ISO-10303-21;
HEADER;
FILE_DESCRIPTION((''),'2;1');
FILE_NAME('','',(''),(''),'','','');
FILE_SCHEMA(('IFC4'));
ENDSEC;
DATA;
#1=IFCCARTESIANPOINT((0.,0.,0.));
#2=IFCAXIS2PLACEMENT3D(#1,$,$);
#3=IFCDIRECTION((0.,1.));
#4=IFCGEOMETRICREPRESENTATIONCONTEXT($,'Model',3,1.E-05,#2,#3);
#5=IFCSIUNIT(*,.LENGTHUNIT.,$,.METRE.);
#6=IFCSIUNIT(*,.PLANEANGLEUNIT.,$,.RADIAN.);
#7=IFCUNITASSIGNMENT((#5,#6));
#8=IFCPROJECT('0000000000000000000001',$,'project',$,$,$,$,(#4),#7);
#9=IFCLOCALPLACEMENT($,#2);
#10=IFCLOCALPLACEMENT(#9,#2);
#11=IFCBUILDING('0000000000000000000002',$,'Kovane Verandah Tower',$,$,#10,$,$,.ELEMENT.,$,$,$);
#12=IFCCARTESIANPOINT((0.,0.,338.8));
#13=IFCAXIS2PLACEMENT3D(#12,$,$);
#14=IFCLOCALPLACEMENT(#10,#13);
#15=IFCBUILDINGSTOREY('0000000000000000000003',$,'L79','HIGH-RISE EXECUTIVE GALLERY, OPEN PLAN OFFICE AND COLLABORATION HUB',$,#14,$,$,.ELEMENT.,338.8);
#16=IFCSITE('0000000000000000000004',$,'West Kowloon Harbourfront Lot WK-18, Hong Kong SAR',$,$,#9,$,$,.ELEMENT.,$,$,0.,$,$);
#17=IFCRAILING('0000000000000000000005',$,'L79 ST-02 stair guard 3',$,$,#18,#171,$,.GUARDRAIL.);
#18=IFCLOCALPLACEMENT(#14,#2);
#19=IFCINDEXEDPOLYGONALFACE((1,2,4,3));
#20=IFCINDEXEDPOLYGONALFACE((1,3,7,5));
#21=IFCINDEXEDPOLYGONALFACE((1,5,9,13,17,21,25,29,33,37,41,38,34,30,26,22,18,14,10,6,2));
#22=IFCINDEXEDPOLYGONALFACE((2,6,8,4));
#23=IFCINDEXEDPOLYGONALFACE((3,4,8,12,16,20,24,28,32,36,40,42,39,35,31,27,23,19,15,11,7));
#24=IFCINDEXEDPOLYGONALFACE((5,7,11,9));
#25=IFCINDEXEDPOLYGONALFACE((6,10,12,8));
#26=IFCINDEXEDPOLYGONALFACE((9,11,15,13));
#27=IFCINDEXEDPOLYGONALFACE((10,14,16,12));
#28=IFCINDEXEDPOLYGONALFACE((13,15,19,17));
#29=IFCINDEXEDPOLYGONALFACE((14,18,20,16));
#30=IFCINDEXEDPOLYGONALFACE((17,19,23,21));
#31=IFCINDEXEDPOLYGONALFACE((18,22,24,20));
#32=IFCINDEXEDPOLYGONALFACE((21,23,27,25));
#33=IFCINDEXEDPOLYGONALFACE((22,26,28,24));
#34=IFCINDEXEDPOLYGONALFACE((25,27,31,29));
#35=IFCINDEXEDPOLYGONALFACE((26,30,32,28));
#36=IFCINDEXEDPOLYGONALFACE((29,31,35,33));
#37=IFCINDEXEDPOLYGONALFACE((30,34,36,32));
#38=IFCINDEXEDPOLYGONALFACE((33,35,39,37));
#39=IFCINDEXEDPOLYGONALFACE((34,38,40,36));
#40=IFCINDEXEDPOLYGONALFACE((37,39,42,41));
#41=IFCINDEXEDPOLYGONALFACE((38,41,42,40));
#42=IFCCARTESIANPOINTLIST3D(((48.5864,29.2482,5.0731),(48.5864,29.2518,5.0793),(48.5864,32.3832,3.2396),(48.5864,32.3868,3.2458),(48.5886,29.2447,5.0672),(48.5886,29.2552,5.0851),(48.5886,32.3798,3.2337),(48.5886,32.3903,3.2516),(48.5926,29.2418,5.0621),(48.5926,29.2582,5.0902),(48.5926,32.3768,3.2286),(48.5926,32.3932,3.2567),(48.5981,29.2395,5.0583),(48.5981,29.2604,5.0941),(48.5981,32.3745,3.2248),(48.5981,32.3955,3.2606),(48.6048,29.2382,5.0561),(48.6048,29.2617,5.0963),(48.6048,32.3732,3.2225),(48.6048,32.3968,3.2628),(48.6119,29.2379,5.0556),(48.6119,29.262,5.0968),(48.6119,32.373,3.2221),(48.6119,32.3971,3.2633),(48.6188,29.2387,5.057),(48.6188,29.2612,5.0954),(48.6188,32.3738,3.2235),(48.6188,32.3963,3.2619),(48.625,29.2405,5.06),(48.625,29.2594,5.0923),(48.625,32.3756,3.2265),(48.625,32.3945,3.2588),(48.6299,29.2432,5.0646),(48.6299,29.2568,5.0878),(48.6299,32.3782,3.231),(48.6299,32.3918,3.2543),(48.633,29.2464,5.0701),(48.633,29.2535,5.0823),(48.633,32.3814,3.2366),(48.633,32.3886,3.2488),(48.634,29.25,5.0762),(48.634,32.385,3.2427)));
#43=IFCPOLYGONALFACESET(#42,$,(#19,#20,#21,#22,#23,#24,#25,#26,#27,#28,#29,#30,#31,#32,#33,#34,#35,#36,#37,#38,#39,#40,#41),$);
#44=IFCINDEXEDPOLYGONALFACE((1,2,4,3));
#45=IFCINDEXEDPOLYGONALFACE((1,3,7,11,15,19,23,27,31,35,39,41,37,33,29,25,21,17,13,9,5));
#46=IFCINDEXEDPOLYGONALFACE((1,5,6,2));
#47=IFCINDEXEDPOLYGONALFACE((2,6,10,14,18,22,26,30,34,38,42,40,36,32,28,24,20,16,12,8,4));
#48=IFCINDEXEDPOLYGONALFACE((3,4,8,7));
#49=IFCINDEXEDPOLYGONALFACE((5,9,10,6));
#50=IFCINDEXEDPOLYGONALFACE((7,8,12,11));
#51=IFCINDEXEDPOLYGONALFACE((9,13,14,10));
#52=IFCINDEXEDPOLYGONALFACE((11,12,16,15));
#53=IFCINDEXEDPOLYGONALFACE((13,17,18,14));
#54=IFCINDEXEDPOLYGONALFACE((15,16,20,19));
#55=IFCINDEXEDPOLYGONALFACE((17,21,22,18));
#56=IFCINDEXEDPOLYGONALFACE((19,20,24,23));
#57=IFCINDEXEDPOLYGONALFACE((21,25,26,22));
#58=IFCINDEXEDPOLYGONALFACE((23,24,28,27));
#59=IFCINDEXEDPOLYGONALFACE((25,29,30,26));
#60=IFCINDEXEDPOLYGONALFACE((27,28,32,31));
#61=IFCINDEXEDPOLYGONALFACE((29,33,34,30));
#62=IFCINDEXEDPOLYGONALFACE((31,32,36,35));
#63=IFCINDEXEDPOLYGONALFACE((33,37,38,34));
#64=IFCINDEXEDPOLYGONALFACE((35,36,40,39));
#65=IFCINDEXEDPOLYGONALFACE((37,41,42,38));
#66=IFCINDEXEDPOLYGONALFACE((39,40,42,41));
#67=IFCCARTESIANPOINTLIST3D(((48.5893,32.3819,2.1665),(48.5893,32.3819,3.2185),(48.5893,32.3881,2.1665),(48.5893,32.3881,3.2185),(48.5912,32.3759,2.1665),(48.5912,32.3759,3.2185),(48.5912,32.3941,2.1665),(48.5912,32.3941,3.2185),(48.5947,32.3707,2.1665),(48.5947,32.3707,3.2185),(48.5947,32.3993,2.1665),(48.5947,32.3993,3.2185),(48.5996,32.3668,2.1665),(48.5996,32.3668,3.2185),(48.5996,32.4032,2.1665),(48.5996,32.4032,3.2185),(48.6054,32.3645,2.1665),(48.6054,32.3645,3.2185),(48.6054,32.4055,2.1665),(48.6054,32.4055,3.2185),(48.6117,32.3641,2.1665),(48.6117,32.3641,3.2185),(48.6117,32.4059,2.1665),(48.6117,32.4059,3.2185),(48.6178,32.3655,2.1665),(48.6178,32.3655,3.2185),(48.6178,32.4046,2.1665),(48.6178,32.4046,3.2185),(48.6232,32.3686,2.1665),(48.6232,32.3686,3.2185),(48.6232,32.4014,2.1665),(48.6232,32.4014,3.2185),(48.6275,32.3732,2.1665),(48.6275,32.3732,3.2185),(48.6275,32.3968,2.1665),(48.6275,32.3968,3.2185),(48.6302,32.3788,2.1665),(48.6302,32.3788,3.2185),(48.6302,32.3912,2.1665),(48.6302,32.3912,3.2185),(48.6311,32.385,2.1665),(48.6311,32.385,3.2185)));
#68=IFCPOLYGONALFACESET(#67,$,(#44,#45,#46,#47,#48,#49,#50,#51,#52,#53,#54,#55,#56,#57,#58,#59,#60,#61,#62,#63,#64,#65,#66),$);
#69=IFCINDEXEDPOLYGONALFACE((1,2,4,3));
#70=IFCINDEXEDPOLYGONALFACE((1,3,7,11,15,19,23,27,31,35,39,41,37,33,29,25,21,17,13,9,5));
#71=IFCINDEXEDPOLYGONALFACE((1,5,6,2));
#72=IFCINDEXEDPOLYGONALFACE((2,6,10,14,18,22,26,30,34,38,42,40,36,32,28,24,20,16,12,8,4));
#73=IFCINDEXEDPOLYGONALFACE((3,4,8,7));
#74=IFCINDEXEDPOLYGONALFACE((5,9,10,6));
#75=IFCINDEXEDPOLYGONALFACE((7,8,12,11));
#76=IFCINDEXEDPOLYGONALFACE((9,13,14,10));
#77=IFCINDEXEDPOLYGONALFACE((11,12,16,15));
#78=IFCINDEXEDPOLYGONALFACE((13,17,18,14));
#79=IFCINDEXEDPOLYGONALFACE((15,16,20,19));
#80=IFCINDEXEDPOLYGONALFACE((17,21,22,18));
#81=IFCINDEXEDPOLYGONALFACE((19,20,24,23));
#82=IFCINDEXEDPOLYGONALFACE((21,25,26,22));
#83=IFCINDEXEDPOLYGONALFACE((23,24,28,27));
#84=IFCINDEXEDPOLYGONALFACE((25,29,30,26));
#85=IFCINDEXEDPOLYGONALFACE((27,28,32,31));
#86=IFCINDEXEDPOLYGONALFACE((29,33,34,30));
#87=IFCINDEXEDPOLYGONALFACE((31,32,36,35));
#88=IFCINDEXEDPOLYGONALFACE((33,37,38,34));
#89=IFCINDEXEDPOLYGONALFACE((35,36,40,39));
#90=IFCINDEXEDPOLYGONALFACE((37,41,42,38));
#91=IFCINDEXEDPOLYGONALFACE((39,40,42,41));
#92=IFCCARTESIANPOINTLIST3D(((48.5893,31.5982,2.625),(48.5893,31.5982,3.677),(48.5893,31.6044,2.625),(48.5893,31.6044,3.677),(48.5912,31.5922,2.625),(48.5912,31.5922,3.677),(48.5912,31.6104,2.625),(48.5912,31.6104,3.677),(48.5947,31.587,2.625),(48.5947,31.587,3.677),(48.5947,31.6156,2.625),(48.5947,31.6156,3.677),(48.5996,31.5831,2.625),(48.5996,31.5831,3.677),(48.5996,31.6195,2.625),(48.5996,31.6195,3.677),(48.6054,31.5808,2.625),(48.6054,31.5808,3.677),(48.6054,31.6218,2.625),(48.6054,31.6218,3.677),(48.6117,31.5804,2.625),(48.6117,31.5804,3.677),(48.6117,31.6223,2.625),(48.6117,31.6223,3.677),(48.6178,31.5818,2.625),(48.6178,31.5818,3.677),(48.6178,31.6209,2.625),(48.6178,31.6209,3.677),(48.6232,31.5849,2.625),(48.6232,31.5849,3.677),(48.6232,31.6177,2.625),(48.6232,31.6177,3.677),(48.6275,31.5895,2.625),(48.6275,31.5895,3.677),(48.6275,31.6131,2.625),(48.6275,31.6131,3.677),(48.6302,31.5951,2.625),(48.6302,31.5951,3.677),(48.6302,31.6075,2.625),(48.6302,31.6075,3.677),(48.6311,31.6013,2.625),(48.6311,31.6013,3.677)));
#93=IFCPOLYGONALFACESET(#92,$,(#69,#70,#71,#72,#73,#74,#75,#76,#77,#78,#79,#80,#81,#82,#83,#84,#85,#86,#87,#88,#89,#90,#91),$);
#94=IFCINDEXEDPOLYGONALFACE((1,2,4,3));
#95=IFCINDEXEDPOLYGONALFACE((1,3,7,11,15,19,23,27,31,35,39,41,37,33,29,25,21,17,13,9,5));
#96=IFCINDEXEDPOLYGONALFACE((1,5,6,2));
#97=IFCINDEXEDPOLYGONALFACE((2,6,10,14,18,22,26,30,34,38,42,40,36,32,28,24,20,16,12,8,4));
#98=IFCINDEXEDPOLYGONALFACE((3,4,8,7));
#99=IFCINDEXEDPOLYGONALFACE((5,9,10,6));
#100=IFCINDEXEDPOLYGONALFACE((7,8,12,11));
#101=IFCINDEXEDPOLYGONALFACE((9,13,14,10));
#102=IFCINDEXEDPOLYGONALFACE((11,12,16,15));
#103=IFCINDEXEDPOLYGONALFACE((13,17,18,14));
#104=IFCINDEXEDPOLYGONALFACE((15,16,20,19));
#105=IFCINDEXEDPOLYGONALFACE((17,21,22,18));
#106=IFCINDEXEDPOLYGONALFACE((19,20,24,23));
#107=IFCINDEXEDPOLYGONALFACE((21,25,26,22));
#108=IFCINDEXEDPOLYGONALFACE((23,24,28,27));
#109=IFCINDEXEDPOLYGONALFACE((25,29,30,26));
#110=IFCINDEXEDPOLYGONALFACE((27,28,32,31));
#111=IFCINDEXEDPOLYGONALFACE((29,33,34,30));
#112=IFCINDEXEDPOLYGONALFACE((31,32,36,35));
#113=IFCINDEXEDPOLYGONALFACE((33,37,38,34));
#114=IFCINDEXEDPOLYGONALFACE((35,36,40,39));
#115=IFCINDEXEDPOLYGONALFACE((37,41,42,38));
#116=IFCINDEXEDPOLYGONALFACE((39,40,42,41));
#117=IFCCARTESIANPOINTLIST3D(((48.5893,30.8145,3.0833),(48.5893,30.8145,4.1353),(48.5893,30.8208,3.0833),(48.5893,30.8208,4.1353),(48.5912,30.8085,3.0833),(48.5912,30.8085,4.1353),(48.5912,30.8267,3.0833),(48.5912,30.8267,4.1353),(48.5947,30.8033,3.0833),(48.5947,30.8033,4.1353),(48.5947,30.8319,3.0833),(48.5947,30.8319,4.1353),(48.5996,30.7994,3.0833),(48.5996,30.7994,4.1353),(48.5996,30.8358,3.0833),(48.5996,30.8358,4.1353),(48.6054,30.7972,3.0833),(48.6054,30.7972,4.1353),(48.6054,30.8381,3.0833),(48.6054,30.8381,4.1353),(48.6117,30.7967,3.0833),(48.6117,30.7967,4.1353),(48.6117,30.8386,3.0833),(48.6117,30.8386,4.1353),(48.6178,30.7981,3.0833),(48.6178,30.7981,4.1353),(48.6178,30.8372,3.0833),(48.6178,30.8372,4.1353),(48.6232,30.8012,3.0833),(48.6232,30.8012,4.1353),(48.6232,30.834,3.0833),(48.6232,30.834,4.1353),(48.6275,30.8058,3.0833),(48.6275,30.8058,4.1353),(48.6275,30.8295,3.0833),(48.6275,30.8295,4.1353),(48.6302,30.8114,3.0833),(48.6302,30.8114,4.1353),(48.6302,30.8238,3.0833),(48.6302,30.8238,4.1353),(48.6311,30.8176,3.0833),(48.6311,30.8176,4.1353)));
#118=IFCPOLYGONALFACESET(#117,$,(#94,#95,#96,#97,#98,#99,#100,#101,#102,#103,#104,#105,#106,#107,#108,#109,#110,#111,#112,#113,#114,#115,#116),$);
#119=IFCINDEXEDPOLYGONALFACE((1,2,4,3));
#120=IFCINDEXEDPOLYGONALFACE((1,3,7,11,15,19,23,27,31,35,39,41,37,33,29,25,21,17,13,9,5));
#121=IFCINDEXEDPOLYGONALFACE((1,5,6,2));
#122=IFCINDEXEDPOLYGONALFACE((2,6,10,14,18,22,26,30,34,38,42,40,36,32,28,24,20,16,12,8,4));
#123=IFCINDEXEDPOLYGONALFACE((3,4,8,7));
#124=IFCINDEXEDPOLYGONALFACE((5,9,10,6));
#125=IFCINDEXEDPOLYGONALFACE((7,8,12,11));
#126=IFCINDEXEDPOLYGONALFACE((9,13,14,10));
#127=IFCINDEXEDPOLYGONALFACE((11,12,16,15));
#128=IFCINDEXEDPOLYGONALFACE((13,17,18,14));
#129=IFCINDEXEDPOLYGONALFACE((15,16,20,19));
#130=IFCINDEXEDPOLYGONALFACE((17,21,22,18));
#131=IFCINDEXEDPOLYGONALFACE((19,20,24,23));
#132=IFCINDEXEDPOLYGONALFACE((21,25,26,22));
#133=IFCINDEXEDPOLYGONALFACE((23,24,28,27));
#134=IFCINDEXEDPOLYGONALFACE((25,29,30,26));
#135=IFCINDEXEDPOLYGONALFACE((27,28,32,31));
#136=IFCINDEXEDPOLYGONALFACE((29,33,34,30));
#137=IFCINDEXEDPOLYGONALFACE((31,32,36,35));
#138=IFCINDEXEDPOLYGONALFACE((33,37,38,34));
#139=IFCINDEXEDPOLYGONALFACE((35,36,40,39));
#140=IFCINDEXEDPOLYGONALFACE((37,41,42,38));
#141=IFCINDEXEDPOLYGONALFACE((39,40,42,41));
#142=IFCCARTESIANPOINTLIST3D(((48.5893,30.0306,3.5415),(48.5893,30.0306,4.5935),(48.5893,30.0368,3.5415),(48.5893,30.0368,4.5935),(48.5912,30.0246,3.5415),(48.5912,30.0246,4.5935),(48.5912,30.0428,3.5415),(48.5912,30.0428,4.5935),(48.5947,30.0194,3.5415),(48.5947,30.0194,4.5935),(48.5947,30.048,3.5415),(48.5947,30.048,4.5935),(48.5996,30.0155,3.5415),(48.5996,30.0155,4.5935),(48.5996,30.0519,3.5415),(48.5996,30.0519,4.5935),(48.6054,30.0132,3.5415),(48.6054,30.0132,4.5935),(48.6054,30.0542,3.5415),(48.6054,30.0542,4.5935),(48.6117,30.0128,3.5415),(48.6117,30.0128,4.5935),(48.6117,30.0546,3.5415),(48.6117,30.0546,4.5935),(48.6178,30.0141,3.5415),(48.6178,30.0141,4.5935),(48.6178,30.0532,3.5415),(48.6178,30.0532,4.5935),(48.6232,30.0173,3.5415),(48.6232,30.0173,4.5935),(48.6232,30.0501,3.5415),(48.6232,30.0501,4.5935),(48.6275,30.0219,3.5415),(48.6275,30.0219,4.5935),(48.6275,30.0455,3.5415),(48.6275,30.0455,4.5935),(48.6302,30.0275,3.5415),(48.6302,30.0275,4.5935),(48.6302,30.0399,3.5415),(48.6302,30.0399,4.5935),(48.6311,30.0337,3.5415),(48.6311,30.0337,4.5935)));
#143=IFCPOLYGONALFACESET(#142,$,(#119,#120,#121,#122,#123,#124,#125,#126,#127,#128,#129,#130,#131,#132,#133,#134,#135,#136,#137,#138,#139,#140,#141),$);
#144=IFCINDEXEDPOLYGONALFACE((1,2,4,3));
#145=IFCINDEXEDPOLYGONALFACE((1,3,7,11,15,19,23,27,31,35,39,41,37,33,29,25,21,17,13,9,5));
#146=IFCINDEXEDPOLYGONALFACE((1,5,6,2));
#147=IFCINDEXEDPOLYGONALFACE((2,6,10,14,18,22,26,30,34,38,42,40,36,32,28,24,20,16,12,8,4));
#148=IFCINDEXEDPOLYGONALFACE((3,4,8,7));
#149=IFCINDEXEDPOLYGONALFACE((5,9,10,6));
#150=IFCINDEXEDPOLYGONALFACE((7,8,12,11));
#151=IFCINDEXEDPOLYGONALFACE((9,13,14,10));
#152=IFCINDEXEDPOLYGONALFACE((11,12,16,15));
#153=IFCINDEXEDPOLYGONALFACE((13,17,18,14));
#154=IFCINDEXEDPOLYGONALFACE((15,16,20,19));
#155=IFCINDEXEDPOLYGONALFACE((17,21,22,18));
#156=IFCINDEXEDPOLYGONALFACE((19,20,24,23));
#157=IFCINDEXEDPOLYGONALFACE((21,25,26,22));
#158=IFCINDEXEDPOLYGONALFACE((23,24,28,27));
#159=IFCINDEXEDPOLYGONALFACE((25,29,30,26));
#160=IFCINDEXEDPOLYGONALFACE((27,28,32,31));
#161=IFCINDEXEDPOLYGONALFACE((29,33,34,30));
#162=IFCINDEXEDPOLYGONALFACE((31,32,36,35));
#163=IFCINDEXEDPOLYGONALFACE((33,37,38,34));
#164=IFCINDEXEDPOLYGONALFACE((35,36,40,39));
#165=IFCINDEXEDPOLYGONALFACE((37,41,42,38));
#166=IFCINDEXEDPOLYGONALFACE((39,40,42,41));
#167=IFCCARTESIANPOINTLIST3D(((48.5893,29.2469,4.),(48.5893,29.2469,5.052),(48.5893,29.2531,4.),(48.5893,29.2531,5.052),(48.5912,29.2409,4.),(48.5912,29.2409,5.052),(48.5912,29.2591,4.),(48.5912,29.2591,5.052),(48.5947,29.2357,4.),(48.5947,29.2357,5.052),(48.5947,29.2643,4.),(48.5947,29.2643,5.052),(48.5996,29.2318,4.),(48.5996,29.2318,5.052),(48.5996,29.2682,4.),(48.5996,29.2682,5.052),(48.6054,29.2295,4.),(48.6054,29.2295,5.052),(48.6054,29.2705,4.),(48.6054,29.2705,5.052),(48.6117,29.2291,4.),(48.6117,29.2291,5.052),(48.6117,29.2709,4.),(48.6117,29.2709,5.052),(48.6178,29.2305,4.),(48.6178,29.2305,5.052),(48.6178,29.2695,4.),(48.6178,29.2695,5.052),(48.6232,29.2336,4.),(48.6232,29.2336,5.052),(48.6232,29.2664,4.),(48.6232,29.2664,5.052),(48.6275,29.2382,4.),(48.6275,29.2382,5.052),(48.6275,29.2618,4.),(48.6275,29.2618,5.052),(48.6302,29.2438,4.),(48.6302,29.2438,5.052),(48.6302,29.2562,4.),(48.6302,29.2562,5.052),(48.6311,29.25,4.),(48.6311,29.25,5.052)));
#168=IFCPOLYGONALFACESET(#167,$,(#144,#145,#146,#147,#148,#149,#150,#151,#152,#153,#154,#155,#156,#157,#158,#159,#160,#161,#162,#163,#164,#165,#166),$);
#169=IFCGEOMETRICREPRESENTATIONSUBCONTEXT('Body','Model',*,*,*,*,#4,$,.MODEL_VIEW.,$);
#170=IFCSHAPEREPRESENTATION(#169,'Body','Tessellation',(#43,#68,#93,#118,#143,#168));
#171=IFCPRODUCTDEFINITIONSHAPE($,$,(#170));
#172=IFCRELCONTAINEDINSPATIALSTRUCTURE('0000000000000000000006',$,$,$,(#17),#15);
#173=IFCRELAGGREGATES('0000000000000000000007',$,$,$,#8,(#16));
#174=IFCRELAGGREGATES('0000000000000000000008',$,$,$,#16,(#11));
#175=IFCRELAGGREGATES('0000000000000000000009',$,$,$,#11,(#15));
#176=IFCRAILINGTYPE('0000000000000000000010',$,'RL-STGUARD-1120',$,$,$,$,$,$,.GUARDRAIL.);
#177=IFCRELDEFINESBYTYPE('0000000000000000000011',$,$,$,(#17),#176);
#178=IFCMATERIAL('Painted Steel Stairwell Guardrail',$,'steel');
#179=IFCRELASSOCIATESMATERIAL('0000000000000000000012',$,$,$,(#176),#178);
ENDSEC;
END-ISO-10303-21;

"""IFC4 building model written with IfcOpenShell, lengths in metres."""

from ifc_helpers import new_model, si_unit, direction, frame, origin, origin_2d, place, context, subcontext, project, spatial, circle, extrude, material, type_object, element, save


model = new_model("IFC4")

# Units and contexts
model_context = context("Model", 3, precision=1e-05, world=origin(), true_north=direction((0.0, 1.0)))
body_context = subcontext(model_context, "Body", "Model", "MODEL_VIEW")
ifc_project = project(units=[si_unit("LENGTHUNIT", "METRE"), si_unit("PLANEANGLEUNIT", "RADIAN")], contexts=[model_context])

# Site, building, storey
site_placement = place(None, origin())
site = spatial("IfcSite", under=ifc_project, at=site_placement, Name="West Kowloon Harbourfront Lot WK-18, Hong Kong SAR", CompositionType="ELEMENT", RefElevation=0.0)
building_placement = place(site_placement, origin())
building = spatial("IfcBuilding", under=site, at=building_placement, Name="Kovane Verandah Tower", CompositionType="ELEMENT")
storey_placement = place(building_placement, frame((0.0, 0.0, 338.8)))
storey = spatial("IfcBuildingStorey", under=building, at=storey_placement, Name="L79", Description="HIGH-RISE EXECUTIVE GALLERY, OPEN PLAN OFFICE AND COLLABORATION HUB", CompositionType="ELEMENT", Elevation=338.8)

# Railing
ifc_material_1 = material(Name="Painted Steel Stairwell Guardrail", Category="steel")
railing_type = type_object("IfcRailingType", Name="RL-STGUARD-1120", PredefinedType="GUARDRAIL", material=ifc_material_1)
for number, where, name in (
    (1, (48.6101, 32.385, 2.1665), "L79 ST-02 stair guard 3"),
):
    element("IfcRailing", number, at=place(storey_placement, frame(where)), inside=storey, type_object=railing_type, Name=name, PredefinedType="GUARDRAIL", context=body_context, shape_type="SweptSolid", body=[
        extrude(circle(Radius=0.0239, at=origin_2d()), frame((0.0, 0.0, 1.0762), z_axis=(0.0, -0.86321, 0.504845), x_axis=(1.0, 0.0, 0.0)), (0.0, 0.0, 1.0), 3.6318),
        extrude(circle(Radius=0.021, at=origin_2d()), origin(), (0.0, 0.0, 1.0), 1.052),
        extrude(circle(Radius=0.021, at=origin_2d()), frame((0.0, -0.7837, 0.4585)), (0.0, 0.0, 1.0), 1.052),
        extrude(circle(Radius=0.021, at=origin_2d()), frame((0.0, -1.5674, 0.9167)), (0.0, 0.0, 1.0), 1.052),
        extrude(circle(Radius=0.021, at=origin_2d()), frame((0.0, -2.3513, 1.375)), (0.0, 0.0, 1.0), 1.052),
        extrude(circle(Radius=0.021, at=origin_2d()), frame((0.0, -3.135, 1.8335)), (0.0, 0.0, 1.0), 1.052),
    ])

save(model, "model.ifc")
